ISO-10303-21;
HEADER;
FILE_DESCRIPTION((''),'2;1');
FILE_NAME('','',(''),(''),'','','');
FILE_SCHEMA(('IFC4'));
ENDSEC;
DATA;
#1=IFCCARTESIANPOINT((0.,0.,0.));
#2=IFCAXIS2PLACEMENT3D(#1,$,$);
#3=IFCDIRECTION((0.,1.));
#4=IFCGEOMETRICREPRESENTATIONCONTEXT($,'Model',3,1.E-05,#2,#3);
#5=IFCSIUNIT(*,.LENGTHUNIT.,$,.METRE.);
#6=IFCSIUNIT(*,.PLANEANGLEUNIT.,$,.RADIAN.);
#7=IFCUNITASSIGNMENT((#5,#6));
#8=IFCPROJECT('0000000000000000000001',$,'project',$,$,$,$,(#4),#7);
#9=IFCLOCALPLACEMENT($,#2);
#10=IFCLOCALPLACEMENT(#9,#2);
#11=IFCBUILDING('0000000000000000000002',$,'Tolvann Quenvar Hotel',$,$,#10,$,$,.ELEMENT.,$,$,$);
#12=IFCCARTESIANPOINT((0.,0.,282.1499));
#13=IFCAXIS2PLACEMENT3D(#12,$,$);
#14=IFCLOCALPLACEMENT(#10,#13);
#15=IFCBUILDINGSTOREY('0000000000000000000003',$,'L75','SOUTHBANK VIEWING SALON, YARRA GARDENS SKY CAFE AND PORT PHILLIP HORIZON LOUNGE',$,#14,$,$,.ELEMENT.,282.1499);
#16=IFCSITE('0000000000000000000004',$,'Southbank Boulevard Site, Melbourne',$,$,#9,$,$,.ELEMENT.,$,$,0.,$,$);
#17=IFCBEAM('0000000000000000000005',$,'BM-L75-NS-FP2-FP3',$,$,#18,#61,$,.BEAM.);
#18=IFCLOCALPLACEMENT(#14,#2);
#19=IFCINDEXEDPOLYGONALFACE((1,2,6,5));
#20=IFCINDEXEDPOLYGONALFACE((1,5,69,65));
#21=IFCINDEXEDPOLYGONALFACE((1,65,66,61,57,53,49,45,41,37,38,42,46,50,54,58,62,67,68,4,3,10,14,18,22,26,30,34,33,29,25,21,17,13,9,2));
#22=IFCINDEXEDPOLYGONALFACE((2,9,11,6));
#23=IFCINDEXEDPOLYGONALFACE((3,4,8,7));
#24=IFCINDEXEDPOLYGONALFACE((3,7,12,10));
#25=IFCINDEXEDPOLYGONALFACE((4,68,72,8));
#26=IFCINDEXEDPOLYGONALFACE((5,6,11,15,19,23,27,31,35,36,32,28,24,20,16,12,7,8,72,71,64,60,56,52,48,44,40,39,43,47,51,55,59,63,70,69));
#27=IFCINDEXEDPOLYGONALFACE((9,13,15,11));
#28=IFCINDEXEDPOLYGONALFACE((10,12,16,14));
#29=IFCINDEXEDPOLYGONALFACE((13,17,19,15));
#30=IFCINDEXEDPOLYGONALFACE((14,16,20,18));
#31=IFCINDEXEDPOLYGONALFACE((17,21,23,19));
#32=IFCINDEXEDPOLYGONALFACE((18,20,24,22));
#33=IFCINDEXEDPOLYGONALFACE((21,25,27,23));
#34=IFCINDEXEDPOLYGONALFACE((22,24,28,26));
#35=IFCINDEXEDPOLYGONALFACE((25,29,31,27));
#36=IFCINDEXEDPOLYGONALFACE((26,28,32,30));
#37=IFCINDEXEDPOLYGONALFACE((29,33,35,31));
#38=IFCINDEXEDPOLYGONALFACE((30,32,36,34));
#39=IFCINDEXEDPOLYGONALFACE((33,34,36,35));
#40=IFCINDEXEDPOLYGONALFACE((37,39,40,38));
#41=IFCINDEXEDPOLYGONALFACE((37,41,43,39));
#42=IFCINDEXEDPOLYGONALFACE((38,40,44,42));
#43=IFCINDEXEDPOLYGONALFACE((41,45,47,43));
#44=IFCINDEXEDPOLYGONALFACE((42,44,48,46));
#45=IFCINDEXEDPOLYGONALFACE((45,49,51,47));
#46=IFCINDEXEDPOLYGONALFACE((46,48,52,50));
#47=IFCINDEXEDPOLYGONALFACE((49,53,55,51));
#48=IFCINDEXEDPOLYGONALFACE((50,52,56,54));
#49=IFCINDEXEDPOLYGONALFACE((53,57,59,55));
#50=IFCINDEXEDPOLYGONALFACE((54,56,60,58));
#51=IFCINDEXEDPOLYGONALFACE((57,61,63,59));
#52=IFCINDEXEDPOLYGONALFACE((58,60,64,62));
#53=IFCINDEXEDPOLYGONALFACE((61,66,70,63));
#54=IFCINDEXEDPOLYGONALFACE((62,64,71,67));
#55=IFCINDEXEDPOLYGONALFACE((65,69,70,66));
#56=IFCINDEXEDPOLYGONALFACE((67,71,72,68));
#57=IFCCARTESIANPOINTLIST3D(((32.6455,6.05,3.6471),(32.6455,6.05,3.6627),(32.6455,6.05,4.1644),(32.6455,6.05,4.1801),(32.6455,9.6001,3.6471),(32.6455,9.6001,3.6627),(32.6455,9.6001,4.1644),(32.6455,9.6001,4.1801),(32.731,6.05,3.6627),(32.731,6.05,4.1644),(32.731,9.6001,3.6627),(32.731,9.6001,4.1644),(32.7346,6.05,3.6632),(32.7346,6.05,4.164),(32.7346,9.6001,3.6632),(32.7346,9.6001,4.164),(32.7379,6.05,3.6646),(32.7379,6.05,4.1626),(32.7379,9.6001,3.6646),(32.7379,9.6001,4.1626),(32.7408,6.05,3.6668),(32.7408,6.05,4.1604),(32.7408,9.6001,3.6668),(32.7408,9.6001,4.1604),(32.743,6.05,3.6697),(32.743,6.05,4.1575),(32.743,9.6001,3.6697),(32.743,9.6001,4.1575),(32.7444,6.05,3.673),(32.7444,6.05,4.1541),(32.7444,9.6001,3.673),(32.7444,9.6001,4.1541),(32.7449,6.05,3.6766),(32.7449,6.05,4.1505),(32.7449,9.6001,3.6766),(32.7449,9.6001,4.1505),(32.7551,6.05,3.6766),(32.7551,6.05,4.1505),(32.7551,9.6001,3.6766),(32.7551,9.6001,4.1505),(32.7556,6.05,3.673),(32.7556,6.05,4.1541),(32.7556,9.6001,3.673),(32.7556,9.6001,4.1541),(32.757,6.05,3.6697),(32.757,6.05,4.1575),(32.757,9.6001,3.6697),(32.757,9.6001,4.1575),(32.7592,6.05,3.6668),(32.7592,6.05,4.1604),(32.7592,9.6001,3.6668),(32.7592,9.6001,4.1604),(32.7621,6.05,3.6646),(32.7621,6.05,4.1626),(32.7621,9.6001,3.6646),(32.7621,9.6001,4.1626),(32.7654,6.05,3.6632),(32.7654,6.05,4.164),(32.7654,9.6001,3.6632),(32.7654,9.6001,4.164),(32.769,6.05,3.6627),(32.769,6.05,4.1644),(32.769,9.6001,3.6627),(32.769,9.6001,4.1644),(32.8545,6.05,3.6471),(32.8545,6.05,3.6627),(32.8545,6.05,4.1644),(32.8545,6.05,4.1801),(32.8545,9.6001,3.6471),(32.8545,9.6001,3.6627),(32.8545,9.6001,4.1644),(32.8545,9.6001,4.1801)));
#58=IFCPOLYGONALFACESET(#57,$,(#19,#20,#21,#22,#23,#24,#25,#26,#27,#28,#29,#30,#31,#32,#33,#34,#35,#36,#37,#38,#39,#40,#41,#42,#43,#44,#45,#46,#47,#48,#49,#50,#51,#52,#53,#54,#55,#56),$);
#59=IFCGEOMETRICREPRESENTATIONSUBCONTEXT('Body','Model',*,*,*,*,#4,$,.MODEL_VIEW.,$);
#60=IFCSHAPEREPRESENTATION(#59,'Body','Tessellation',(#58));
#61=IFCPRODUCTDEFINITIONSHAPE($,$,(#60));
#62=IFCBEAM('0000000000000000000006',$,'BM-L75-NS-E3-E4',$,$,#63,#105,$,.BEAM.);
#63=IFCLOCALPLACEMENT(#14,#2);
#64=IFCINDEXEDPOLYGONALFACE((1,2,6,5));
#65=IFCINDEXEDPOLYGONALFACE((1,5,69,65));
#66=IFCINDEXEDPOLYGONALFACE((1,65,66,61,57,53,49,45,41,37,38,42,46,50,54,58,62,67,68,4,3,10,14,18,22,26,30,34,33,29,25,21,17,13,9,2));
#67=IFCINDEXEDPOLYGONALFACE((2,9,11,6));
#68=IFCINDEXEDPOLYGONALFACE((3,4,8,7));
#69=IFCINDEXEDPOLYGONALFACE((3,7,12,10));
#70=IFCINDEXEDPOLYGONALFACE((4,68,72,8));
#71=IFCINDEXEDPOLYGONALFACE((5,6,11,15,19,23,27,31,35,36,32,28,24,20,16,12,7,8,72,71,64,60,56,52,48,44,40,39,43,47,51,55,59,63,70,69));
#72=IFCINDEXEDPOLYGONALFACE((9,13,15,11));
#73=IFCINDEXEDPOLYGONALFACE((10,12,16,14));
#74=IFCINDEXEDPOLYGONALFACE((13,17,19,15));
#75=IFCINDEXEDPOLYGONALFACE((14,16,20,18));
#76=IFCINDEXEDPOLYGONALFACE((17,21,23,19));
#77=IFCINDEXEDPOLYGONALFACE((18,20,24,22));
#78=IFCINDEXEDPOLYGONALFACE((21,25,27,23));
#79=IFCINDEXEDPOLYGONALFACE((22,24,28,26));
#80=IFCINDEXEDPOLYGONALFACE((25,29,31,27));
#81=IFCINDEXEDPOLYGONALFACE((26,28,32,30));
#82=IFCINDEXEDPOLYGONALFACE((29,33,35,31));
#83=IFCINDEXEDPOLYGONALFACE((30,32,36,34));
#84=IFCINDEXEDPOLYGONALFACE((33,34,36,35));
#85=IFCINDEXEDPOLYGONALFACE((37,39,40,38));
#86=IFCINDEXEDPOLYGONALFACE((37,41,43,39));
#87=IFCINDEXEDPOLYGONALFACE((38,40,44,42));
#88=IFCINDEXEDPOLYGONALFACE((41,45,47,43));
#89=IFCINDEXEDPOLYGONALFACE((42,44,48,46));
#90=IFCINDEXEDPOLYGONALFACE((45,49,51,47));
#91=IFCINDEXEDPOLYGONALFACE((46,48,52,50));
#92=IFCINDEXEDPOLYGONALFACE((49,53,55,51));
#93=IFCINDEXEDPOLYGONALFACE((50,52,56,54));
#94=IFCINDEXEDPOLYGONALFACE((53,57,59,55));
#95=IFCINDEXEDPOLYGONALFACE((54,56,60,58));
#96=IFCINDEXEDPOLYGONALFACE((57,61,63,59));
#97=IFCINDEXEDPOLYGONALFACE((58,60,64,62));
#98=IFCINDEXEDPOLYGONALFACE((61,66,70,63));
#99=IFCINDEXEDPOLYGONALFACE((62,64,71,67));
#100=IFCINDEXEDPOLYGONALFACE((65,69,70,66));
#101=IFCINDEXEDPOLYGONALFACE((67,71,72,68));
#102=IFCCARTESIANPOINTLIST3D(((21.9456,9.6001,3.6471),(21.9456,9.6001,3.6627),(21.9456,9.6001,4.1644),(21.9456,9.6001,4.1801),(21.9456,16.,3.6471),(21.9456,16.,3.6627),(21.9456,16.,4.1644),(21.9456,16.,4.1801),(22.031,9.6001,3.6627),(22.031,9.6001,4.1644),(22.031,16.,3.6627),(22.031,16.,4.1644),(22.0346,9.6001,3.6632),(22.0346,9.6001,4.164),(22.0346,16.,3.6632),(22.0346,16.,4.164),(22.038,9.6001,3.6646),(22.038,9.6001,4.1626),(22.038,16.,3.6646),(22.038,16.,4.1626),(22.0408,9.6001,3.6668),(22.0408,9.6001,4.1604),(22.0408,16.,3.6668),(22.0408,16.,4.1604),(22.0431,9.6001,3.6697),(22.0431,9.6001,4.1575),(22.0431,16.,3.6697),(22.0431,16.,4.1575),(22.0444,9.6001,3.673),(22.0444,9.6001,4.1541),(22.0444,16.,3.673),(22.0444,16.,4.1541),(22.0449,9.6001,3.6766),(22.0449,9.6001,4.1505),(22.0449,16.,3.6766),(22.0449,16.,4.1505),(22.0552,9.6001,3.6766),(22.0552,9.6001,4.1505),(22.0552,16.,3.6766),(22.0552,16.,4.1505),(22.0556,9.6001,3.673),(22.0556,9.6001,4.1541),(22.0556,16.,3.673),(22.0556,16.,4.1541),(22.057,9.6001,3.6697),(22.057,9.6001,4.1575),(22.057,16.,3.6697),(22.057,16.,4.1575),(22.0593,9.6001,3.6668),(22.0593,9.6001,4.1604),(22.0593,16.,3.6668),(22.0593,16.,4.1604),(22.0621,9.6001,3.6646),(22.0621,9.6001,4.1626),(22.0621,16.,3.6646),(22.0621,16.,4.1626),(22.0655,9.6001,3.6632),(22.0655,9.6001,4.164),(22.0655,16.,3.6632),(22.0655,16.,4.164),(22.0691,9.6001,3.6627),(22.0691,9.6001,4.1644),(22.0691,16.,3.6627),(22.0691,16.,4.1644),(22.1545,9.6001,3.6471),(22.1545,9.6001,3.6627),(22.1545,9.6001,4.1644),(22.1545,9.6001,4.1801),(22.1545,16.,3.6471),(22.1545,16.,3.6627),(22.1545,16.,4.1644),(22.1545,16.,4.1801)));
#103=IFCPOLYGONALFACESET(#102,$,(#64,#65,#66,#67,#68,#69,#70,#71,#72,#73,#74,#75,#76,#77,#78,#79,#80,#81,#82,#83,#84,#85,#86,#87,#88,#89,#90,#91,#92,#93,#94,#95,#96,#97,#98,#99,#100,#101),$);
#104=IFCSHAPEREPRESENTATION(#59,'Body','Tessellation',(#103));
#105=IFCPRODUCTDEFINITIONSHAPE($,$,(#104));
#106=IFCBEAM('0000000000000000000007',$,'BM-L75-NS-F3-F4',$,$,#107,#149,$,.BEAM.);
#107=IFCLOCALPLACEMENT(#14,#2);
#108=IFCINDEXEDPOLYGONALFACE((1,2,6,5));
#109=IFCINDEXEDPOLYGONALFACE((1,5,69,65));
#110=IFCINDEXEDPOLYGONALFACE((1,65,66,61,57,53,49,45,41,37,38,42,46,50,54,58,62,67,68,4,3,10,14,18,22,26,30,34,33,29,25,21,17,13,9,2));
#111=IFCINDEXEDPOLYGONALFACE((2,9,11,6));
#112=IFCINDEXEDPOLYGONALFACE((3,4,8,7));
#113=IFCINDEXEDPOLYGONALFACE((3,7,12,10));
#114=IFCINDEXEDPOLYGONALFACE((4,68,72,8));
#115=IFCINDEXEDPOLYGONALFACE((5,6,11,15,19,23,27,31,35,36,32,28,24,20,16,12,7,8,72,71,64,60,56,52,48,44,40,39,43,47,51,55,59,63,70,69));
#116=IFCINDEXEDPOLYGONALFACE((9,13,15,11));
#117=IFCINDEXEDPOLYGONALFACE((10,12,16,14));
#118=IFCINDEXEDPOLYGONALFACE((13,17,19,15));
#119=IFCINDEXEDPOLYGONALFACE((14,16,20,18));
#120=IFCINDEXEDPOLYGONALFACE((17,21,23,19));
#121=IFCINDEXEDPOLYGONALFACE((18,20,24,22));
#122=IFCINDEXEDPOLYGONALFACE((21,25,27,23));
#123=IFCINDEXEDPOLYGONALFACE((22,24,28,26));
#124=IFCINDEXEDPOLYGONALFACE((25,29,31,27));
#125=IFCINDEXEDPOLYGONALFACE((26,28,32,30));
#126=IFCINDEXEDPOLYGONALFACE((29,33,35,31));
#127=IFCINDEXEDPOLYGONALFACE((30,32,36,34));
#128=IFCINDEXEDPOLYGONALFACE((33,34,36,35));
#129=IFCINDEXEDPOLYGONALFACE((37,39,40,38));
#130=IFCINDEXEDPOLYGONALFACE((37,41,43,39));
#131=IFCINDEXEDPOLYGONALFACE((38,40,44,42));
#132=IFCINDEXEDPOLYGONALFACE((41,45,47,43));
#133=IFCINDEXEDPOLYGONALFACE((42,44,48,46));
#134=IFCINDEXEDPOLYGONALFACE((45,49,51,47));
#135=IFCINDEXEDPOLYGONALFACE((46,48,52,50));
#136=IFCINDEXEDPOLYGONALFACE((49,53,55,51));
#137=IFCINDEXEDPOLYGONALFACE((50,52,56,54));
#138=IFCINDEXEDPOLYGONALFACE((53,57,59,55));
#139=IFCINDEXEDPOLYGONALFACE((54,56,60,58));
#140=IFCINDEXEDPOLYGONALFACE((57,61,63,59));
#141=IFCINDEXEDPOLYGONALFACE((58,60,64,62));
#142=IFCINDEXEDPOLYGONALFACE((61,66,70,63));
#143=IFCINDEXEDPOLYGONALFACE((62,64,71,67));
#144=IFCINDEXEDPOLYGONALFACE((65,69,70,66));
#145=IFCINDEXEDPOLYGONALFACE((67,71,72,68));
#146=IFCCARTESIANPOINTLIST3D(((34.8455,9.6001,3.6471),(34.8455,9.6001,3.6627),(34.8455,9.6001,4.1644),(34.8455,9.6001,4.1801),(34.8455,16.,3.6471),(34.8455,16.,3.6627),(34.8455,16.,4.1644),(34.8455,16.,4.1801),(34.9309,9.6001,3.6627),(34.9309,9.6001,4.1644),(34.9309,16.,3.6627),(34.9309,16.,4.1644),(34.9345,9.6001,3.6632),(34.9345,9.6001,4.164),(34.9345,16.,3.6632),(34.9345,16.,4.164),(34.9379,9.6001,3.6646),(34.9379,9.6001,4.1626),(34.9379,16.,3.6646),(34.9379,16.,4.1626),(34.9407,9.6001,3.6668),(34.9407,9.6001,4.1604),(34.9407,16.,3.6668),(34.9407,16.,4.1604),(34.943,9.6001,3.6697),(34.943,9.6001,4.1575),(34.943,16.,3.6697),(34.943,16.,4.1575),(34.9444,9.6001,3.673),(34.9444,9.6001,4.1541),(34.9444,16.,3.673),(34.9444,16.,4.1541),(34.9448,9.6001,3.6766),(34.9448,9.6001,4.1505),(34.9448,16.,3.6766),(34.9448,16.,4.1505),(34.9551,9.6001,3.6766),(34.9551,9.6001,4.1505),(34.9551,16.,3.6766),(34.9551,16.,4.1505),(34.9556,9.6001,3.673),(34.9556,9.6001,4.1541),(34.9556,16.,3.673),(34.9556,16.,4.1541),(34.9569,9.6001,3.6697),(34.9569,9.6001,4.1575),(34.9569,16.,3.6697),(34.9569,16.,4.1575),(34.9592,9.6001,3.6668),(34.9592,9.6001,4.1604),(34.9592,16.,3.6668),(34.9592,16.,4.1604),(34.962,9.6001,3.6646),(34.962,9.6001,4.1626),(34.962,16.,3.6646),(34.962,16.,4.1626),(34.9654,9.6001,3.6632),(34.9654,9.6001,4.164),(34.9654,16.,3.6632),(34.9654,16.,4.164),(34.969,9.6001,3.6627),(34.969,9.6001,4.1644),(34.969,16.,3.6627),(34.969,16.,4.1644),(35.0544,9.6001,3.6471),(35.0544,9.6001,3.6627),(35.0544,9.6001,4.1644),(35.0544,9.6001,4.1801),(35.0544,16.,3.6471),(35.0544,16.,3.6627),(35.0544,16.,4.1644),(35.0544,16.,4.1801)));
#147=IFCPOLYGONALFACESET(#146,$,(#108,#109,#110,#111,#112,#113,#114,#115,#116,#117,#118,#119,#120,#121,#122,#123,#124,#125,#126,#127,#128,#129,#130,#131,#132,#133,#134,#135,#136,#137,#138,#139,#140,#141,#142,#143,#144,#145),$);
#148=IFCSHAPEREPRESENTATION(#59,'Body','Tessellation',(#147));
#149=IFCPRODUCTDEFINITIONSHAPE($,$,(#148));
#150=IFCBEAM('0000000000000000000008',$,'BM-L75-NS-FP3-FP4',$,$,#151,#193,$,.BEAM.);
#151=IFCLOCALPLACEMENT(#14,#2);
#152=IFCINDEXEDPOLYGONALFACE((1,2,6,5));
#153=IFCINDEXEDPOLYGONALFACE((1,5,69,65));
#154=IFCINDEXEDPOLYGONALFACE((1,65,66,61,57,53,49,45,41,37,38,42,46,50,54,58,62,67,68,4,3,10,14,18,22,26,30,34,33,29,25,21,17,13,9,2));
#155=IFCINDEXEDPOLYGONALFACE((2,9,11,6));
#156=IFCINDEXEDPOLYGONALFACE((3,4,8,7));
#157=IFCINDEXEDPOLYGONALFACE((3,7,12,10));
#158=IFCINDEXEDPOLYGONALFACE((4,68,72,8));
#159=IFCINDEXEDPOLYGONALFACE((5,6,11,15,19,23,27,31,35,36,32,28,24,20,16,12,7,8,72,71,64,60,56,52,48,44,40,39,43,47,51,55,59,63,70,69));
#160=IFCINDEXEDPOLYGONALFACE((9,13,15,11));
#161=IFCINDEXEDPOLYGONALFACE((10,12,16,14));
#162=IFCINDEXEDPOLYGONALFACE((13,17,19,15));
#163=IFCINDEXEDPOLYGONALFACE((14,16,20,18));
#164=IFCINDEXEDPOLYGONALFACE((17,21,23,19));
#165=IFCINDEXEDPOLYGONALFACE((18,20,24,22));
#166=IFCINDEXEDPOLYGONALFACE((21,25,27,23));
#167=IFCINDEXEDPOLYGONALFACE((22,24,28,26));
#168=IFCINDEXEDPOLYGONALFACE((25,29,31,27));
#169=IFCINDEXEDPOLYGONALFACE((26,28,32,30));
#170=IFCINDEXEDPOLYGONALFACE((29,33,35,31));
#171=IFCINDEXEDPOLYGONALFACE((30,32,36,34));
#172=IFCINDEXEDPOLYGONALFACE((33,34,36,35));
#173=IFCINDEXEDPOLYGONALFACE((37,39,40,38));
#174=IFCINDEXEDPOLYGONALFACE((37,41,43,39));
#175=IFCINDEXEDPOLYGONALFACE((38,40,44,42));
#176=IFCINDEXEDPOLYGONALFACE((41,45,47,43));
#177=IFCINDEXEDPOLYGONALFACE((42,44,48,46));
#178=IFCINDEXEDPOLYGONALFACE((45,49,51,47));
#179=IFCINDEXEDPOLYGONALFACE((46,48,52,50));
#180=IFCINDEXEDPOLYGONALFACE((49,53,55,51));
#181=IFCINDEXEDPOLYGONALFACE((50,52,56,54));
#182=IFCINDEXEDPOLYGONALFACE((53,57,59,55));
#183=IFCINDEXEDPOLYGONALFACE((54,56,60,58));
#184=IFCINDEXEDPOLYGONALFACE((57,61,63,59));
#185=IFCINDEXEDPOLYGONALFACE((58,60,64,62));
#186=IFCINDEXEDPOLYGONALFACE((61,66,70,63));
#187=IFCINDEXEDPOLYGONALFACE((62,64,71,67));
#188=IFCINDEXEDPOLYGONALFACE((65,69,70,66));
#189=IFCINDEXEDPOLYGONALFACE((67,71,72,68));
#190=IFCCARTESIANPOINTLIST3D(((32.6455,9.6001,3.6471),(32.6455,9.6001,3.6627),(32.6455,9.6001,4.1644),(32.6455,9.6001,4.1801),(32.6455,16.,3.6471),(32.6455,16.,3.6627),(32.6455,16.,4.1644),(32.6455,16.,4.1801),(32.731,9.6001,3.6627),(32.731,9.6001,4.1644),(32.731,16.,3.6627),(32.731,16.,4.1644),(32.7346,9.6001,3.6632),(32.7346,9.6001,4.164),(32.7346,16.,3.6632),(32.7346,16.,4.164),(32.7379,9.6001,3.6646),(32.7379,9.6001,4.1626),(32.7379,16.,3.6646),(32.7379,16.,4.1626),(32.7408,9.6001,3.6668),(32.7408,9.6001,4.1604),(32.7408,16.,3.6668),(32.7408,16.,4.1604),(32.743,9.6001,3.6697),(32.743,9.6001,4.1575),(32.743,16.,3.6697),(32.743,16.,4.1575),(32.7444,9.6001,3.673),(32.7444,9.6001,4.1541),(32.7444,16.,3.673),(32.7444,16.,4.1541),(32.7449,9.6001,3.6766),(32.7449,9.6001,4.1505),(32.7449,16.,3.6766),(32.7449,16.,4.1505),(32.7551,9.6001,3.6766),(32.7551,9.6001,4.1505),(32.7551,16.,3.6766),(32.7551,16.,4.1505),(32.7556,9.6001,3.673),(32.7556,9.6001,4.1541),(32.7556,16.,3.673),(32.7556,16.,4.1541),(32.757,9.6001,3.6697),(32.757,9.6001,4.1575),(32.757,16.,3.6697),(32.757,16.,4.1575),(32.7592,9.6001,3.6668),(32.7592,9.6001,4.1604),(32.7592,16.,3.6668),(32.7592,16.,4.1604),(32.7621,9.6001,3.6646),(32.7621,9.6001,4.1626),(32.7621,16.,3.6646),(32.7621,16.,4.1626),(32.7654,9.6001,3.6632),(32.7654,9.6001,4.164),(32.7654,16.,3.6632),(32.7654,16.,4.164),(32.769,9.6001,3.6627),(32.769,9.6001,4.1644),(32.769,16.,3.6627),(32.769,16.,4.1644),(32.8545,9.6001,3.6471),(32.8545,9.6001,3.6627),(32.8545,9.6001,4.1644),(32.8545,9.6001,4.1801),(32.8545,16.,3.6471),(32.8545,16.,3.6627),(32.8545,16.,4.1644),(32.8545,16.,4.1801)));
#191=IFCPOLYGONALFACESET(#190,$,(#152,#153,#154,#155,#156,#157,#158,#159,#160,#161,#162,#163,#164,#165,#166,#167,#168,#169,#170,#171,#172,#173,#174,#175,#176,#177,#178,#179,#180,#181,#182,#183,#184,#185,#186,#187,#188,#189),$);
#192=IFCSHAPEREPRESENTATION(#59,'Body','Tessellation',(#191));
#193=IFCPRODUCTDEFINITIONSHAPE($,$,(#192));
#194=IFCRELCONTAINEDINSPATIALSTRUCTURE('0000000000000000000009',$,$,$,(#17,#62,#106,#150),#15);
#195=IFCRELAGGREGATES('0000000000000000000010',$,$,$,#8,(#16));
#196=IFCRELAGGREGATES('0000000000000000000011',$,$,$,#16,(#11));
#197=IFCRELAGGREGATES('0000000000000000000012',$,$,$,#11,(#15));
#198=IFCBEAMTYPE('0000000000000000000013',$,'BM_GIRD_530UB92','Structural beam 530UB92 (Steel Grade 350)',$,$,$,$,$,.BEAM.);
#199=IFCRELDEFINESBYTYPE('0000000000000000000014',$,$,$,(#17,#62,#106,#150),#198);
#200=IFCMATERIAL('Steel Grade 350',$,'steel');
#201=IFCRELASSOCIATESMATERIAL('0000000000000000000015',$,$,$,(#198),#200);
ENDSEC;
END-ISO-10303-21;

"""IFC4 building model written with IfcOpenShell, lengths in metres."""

from ifc_helpers import new_model, si_unit, direction, frame, origin, origin_2d, place, context, subcontext, project, spatial, i_section, extrude, source, transform, mapped, material, material_profile, profile_set, type_object, element, save


model = new_model("IFC4")

# Units and contexts
model_context = context("Model", 3, precision=1e-05, world=origin(), true_north=direction((0.0, 1.0)))
body_context = subcontext(model_context, "Body", "Model", "MODEL_VIEW")
ifc_project = project(units=[si_unit("LENGTHUNIT", "METRE"), si_unit("PLANEANGLEUNIT", "RADIAN")], contexts=[model_context])

# Site, building, storey
site_placement = place(None, origin())
site = spatial("IfcSite", under=ifc_project, at=site_placement, Name="Southbank Boulevard Site, Melbourne", CompositionType="ELEMENT", RefElevation=0.0)
building_placement = place(site_placement, origin())
building = spatial("IfcBuilding", under=site, at=building_placement, Name="Tolvann Quenvar Hotel", CompositionType="ELEMENT")
storey_placement = place(building_placement, frame((0.0, 0.0, 282.1499)))
storey = spatial("IfcBuildingStorey", under=building, at=storey_placement, Name="L75", Description="SOUTHBANK VIEWING SALON, YARRA GARDENS SKY CAFE AND PORT PHILLIP HORIZON LOUNGE", CompositionType="ELEMENT", Elevation=282.1499)

# Shared definitions
ifc_material_1 = material(Name="Steel Grade 350", Category="steel")

# Beams
ifc_material_profile_1 = material_profile(ifc_material_1, i_section(OverallWidth=0.209, OverallDepth=0.533, WebThickness=0.0103, FlangeThickness=0.0156, FilletRadius=0.0139, at=origin_2d()), Name="530UB92")
ifc_profile_set_1 = profile_set([ifc_material_profile_1], Name="Steel Grade 350")
beam_type_1 = type_object("IfcBeamType", Name="BM_GIRD_530UB92", Description="Structural beam 530UB92 (Steel Grade 350)", PredefinedType="BEAM", material=ifc_profile_set_1)
shared_shape_1 = source(origin(), body_context, "Body", "SweptSolid", [
    extrude(i_section(OverallWidth=0.209, OverallDepth=0.533, WebThickness=0.0103, FlangeThickness=0.0156, FilletRadius=0.0139, at=origin_2d()), origin(), (0.0, 0.0, 1.0), 3.55),
])
for number, where, z_axis, x_axis, name in (
    (1, (32.75, 6.05, 3.9136), (0.0, 1.0, 0.0), (-1.0, 0.0, 0.0), "BM-L75-NS-FP2-FP3"),
):
    element("IfcBeam", number, at=place(storey_placement, frame(where, z_axis=z_axis, x_axis=x_axis)), inside=storey, type_object=beam_type_1, Name=name, PredefinedType="BEAM", context=body_context, shape_type="MappedRepresentation", body=[
        mapped(shared_shape_1, transform((0.0, 0.0, 0.0), x_axis=(1.0, 0.0, 0.0), y_axis=(0.0, 1.0, 0.0), z_axis=(0.0, 0.0, 1.0), scale=1.0)),
    ])
shared_shape_2 = source(origin(), body_context, "Body", "SweptSolid", [
    extrude(i_section(OverallWidth=0.209, OverallDepth=0.533, WebThickness=0.0103, FlangeThickness=0.0156, FilletRadius=0.0139, at=origin_2d()), origin(), (0.0, 0.0, 1.0), 6.3999),
])
for number, where, z_axis, x_axis, name in (
    (2, (22.05, 9.6001, 3.9136), (0.0, 1.0, 0.0), (-1.0, 0.0, 0.0), "BM-L75-NS-E3-E4"),
    (3, (34.95, 9.6001, 3.9136), (0.0, 1.0, 0.0), (-1.0, 0.0, 0.0), "BM-L75-NS-F3-F4"),
    (4, (32.75, 9.6001, 3.9136), (0.0, 1.0, 0.0), (-1.0, 0.0, 0.0), "BM-L75-NS-FP3-FP4"),
):
    element("IfcBeam", number, at=place(storey_placement, frame(where, z_axis=z_axis, x_axis=x_axis)), inside=storey, type_object=beam_type_1, Name=name, PredefinedType="BEAM", context=body_context, shape_type="MappedRepresentation", body=[
        mapped(shared_shape_2, transform((0.0, 0.0, 0.0), x_axis=(1.0, 0.0, 0.0), y_axis=(0.0, 1.0, 0.0), z_axis=(0.0, 0.0, 1.0), scale=1.0)),
    ])

save(model, "model.ifc")
